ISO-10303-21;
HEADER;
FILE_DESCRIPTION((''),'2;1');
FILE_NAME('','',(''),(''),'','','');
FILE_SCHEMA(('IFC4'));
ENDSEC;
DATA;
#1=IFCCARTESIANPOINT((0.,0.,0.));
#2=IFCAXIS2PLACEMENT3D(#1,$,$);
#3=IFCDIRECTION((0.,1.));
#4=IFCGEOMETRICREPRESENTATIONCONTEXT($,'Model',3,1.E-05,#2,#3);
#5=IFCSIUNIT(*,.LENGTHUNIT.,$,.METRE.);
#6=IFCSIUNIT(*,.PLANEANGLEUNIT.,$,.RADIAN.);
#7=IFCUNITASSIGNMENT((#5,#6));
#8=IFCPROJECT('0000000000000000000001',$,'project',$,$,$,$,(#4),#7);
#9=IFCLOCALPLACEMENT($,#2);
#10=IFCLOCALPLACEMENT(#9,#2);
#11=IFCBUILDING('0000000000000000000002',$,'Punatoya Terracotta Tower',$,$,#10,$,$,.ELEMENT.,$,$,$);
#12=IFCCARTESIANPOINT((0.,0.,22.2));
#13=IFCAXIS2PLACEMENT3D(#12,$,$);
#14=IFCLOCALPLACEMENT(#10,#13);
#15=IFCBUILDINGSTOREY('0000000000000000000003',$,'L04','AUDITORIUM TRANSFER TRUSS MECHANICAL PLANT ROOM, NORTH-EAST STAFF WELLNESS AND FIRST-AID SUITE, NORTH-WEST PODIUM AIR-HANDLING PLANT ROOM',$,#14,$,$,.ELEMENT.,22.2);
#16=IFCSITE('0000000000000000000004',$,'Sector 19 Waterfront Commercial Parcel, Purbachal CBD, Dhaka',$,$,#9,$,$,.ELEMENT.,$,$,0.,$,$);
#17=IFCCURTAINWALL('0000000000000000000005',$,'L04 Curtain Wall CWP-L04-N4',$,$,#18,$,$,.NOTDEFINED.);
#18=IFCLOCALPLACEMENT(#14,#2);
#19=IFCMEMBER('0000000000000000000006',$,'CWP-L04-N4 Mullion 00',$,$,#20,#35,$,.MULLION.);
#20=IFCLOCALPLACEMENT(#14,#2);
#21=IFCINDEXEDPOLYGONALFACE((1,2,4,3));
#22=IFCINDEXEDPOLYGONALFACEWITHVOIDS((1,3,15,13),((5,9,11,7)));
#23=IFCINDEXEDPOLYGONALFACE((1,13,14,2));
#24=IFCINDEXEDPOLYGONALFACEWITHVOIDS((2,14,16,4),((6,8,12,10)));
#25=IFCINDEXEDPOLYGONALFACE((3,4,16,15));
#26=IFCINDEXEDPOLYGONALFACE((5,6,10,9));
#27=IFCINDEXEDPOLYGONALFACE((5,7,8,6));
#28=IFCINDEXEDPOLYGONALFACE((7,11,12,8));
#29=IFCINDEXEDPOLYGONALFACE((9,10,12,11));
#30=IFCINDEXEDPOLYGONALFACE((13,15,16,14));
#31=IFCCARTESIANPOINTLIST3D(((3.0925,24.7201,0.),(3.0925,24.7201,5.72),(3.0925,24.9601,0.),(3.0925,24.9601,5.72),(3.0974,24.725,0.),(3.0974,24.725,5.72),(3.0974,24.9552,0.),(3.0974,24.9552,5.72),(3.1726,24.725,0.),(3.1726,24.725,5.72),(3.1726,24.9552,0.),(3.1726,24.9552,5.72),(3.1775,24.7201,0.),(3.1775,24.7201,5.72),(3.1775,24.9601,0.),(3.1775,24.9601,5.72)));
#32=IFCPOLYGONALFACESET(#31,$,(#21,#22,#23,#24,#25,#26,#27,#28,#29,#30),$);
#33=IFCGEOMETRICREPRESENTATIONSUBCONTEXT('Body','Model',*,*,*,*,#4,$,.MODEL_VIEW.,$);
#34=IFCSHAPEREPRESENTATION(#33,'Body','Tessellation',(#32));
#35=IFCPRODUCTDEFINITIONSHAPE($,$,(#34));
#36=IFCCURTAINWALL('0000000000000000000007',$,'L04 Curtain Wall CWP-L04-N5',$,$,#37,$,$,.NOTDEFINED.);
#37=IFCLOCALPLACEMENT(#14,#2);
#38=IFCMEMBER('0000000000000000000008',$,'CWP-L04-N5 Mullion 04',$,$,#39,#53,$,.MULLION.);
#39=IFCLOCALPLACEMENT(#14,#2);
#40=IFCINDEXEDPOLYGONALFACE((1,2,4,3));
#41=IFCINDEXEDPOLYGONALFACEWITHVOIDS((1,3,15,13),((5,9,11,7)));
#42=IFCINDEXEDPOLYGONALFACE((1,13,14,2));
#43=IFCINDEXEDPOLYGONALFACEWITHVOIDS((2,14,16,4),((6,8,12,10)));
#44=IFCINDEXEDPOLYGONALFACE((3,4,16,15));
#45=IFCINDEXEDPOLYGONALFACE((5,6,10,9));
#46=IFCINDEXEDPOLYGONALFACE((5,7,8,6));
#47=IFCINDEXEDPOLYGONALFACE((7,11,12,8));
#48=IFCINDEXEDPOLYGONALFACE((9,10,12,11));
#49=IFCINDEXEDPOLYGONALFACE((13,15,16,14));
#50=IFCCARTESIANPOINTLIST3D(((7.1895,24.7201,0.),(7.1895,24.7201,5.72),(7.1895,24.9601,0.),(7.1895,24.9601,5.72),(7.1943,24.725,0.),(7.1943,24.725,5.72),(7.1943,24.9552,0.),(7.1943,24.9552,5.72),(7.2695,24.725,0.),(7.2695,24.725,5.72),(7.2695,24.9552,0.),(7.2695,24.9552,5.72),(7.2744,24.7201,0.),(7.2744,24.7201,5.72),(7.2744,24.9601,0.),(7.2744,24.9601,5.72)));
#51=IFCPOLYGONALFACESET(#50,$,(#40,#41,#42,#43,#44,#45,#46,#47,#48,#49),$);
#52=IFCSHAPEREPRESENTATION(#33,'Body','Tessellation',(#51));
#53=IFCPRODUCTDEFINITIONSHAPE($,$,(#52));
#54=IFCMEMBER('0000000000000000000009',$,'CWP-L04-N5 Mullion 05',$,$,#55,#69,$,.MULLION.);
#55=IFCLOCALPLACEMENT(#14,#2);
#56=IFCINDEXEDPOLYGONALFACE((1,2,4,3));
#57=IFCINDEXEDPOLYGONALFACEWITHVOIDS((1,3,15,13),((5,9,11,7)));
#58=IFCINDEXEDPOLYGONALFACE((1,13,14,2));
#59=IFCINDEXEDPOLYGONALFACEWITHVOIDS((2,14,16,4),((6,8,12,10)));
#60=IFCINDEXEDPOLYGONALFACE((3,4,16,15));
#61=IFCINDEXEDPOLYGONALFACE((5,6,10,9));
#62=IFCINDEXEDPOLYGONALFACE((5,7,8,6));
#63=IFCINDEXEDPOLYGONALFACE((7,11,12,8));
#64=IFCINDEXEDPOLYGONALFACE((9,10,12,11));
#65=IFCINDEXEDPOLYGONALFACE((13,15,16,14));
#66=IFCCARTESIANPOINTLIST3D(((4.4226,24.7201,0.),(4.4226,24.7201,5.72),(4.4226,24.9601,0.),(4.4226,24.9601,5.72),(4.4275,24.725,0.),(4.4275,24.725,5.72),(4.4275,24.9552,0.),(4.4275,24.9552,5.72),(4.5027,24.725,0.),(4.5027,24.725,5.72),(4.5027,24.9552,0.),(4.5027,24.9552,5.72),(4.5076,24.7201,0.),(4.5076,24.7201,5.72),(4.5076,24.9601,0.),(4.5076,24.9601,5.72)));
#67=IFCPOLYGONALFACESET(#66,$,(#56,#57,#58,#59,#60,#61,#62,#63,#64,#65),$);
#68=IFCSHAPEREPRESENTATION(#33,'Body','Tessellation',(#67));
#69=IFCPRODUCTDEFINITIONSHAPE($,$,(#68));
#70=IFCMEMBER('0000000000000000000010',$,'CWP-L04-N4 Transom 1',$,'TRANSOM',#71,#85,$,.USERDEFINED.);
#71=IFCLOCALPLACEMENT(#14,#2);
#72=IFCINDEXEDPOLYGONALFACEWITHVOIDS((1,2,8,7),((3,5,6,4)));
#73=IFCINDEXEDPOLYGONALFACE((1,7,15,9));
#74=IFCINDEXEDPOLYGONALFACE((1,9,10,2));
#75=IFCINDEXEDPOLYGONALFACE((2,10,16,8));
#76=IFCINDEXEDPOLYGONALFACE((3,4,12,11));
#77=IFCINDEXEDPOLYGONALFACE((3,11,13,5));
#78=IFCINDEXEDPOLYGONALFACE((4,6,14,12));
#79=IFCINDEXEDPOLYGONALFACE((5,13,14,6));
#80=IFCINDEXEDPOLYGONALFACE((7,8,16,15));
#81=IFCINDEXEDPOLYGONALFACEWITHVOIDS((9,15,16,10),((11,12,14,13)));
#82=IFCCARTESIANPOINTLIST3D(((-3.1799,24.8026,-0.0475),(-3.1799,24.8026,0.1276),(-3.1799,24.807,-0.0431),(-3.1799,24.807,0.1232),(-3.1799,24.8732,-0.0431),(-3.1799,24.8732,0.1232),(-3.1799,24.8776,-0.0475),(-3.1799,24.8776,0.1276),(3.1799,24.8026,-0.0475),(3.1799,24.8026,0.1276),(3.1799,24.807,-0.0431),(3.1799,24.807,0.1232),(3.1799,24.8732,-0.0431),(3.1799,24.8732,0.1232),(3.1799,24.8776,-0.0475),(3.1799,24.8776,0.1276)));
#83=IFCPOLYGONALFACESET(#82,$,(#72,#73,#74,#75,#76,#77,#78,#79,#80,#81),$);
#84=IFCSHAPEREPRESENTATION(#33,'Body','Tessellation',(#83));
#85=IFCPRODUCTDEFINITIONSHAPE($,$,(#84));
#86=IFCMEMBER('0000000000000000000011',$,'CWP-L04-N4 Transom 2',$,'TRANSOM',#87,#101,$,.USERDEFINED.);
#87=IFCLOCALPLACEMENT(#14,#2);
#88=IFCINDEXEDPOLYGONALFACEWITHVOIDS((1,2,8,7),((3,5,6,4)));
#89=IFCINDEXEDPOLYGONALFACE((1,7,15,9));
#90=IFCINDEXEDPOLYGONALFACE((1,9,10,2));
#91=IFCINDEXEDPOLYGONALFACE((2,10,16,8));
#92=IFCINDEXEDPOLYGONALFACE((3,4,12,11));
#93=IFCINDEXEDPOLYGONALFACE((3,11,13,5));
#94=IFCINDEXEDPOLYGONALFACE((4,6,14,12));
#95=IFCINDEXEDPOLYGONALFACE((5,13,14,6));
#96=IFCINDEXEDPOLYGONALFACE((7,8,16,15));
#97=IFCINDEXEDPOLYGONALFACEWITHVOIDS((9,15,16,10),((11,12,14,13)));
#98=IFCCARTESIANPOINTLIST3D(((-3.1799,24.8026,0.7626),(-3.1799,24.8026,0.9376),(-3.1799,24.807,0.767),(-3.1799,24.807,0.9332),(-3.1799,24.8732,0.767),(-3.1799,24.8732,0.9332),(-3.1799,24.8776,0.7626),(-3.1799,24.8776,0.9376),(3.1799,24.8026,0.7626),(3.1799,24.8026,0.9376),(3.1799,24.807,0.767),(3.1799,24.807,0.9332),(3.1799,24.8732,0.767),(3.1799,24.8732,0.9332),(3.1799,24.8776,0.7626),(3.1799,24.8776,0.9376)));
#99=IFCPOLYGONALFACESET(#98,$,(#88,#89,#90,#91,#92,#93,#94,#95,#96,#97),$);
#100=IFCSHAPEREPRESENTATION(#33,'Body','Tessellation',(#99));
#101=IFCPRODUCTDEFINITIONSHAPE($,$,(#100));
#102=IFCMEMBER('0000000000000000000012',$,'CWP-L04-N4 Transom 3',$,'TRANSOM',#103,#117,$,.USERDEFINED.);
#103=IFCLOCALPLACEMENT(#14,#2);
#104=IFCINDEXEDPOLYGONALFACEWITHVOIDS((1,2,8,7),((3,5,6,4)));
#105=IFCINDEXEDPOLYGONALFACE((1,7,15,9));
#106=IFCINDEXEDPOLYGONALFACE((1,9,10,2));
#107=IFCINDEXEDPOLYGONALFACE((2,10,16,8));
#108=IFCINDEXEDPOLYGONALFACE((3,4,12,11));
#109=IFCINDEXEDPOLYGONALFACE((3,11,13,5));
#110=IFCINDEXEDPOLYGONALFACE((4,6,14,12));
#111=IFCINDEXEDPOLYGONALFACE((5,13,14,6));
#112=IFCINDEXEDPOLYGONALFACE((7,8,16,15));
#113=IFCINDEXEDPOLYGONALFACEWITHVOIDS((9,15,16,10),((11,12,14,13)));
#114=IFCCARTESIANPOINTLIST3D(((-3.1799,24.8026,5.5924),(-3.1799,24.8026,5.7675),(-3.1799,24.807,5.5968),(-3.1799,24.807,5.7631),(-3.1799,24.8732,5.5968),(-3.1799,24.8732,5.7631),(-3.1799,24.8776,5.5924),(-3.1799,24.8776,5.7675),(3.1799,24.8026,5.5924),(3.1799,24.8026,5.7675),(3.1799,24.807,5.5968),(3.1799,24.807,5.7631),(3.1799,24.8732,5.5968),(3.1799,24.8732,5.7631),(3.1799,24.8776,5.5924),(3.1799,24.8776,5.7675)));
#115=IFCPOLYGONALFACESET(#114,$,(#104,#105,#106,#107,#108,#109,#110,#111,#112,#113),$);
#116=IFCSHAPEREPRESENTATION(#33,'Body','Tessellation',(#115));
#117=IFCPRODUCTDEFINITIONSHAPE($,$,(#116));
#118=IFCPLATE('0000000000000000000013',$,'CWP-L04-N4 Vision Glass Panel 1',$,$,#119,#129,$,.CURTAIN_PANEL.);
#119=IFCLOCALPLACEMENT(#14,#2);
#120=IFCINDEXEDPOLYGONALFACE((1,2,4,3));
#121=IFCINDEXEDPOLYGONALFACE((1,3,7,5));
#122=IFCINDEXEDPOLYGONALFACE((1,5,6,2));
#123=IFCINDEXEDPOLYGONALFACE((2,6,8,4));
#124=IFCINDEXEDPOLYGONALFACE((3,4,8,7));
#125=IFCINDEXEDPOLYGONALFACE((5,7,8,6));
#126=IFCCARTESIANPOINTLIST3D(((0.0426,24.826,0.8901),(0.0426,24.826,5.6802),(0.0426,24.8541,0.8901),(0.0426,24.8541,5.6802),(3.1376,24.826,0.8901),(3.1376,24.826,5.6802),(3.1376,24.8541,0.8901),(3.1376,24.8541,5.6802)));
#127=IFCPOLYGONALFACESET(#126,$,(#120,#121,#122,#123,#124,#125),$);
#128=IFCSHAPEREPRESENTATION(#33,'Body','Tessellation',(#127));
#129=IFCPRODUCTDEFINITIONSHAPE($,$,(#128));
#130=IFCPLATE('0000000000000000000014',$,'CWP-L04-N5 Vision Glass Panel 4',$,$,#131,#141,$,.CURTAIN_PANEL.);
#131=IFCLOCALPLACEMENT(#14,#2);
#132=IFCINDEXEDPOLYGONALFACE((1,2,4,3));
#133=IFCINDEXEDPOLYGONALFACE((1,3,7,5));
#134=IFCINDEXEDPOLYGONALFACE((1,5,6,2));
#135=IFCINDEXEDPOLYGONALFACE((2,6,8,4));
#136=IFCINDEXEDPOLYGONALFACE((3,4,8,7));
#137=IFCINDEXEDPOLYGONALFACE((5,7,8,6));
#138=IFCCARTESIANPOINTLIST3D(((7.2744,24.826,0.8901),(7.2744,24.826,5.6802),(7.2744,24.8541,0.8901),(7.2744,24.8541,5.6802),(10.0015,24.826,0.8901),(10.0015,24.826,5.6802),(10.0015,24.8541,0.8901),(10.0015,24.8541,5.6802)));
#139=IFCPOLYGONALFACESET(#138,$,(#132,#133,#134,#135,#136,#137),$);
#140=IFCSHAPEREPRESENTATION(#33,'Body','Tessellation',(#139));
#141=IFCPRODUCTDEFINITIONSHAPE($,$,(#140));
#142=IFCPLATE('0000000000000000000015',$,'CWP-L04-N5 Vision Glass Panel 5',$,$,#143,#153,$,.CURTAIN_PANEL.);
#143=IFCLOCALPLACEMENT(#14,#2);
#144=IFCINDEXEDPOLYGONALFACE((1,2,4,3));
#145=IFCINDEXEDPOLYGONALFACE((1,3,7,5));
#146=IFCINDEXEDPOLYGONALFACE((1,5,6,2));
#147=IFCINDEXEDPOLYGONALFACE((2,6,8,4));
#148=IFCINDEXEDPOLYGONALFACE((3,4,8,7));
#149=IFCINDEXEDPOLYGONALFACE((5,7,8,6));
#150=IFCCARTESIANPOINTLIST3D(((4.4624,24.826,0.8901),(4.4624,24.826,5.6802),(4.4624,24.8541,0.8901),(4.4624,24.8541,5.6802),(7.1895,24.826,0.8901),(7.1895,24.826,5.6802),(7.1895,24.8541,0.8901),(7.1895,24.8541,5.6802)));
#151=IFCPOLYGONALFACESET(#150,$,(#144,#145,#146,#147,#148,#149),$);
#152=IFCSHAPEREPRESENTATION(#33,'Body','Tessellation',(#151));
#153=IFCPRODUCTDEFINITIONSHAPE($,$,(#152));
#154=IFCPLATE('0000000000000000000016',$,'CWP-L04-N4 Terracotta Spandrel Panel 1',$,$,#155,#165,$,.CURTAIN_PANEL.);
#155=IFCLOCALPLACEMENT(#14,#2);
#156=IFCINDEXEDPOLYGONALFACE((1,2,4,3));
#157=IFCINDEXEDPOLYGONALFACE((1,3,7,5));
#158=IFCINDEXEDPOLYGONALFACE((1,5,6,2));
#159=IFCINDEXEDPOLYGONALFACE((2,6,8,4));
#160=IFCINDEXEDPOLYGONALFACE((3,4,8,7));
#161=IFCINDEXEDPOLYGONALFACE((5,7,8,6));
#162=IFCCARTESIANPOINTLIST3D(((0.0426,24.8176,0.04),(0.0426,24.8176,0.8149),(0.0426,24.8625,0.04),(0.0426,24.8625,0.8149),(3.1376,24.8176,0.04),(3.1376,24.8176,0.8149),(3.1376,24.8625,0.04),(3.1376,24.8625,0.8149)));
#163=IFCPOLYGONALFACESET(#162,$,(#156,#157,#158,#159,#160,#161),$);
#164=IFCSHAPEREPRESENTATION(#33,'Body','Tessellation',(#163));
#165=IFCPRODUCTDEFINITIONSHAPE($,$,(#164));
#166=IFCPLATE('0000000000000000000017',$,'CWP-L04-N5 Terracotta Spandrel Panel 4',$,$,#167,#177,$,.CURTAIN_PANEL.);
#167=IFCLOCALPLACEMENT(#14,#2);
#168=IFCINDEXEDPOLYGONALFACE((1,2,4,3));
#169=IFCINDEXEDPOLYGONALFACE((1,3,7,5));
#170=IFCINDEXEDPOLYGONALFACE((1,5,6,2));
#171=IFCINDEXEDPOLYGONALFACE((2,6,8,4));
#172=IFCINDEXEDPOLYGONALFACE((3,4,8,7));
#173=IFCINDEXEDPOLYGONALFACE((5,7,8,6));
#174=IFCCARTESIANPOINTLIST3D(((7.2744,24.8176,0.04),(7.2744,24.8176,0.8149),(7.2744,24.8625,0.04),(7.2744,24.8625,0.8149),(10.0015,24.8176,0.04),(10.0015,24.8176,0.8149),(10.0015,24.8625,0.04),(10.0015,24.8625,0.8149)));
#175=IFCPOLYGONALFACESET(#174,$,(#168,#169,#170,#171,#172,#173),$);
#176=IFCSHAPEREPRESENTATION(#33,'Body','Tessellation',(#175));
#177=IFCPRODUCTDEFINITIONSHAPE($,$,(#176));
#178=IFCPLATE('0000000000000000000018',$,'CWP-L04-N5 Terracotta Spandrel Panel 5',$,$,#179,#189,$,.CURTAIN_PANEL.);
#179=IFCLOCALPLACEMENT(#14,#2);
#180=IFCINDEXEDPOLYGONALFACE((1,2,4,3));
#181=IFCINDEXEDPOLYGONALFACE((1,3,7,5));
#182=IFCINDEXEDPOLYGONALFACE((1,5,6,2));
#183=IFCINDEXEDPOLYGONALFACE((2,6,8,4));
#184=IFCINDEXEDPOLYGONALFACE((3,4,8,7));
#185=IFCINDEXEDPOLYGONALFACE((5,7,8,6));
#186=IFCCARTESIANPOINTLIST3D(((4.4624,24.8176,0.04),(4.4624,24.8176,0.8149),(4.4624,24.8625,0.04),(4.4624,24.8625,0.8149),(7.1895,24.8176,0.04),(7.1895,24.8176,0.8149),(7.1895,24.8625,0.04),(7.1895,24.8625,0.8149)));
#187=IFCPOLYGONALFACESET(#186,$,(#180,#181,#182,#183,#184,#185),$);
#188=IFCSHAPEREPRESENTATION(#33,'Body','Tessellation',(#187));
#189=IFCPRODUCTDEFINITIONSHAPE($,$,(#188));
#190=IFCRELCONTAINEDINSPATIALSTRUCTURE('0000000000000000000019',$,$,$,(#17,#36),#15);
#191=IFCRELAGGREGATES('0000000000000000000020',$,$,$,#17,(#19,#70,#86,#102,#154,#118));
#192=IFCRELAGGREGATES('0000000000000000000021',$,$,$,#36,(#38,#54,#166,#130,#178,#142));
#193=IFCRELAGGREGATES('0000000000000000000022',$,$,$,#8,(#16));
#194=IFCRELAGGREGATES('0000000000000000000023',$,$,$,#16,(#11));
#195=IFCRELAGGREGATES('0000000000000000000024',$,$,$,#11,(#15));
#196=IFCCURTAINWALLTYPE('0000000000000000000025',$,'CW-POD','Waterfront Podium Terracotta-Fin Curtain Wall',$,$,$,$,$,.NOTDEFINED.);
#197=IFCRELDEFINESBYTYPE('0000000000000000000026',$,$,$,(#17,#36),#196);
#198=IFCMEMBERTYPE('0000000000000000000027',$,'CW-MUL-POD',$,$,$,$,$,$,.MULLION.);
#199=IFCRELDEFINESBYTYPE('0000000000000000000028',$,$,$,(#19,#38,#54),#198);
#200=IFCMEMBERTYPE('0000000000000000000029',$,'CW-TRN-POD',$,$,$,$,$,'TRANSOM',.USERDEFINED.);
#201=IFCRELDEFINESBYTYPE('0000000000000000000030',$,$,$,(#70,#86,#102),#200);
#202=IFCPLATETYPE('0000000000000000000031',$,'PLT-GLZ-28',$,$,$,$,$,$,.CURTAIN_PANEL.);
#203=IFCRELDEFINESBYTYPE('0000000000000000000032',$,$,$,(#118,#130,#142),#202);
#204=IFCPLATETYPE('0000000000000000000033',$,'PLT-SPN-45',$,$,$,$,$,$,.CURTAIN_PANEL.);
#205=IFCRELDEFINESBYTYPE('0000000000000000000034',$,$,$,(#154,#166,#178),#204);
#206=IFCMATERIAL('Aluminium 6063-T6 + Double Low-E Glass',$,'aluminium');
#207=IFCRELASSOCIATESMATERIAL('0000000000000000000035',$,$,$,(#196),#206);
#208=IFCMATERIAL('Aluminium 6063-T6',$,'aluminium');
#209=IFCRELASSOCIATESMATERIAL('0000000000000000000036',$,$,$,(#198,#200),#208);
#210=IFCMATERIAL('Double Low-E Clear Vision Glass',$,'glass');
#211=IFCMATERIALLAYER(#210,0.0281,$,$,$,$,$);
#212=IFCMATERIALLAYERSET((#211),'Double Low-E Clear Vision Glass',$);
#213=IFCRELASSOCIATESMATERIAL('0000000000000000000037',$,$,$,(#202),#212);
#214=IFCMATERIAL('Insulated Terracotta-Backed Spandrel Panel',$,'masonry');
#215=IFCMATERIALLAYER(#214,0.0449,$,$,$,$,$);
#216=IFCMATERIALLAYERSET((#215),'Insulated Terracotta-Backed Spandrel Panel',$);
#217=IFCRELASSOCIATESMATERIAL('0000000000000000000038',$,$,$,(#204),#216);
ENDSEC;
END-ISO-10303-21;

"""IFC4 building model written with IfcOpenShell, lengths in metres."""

from ifc_helpers import new_model, si_unit, direction, frame, origin, origin_2d, place, context, subcontext, project, spatial, rectangle, hollow_rectangle, extrude, material, layer, layer_set, material_profile, profile_set, type_object, element, aggregate, save


model = new_model("IFC4")

# Units and contexts
model_context = context("Model", 3, precision=1e-05, world=origin(), true_north=direction((0.0, 1.0)))
body_context = subcontext(model_context, "Body", "Model", "MODEL_VIEW")
ifc_project = project(units=[si_unit("LENGTHUNIT", "METRE"), si_unit("PLANEANGLEUNIT", "RADIAN")], contexts=[model_context])

# Site, building, storey
site_placement = place(None, origin())
site = spatial("IfcSite", under=ifc_project, at=site_placement, Name="Sector 19 Waterfront Commercial Parcel, Purbachal CBD, Dhaka", CompositionType="ELEMENT", RefElevation=0.0)
building_placement = place(site_placement, origin())
building = spatial("IfcBuilding", under=site, at=building_placement, Name="Punatoya Terracotta Tower", CompositionType="ELEMENT")
storey_placement = place(building_placement, frame((0.0, 0.0, 22.2)))
storey = spatial("IfcBuildingStorey", under=building, at=storey_placement, Name="L04", Description="AUDITORIUM TRANSFER TRUSS MECHANICAL PLANT ROOM, NORTH-EAST STAFF WELLNESS AND FIRST-AID SUITE, NORTH-WEST PODIUM AIR-HANDLING PLANT ROOM", CompositionType="ELEMENT", Elevation=22.2)

# Curtain wall, member
ifc_material_1 = material(Name="Aluminium 6063-T6 + Double Low-E Glass", Category="aluminium")
curtain_wall_type = type_object("IfcCurtainWallType", Name="CW-POD", Description="Waterfront Podium Terracotta-Fin Curtain Wall", PredefinedType="NOTDEFINED", material=ifc_material_1)
curtain_wall_1_placement = place(storey_placement, origin())
curtain_wall_1 = element("IfcCurtainWall", 1, at=curtain_wall_1_placement, inside=storey, type_object=curtain_wall_type, Name="L04 Curtain Wall CWP-L04-N4", PredefinedType="NOTDEFINED")
ifc_material_2 = material(Name="Aluminium 6063-T6", Category="aluminium")
ifc_material_profile_1 = material_profile(ifc_material_2, hollow_rectangle(XDim=0.085, YDim=0.24, WallThickness=0.0049, at=origin_2d()))
ifc_profile_set_1 = profile_set([ifc_material_profile_1], Name="Aluminium 6063-T6")
member_type_1 = type_object("IfcMemberType", Name="CW-MUL-POD", PredefinedType="MULLION", material=ifc_profile_set_1)
member_1_placement = place(storey_placement, frame((3.135, 24.8401, 0.0), z_axis=(0.0, 0.0, 1.0), x_axis=(1.0, 0.0, 0.0)))
member_1 = element("IfcMember", 2, at=member_1_placement, type_object=member_type_1, Name="CWP-L04-N4 Mullion 00", PredefinedType="MULLION", context=body_context, shape_type="SweptSolid", body=[
    extrude(hollow_rectangle(XDim=0.085, YDim=0.24, WallThickness=0.0049, at=origin_2d()), origin(), (0.0, 0.0, 1.0), 5.72),
])

# Curtain wall, members
curtain_wall_2_placement = place(storey_placement, origin())
curtain_wall_2 = element("IfcCurtainWall", 3, at=curtain_wall_2_placement, inside=storey, type_object=curtain_wall_type, Name="L04 Curtain Wall CWP-L04-N5", PredefinedType="NOTDEFINED")
member_2_placement = place(storey_placement, frame((7.2319, 24.8401, 0.0), z_axis=(0.0, 0.0, 1.0), x_axis=(1.0, 0.0, 0.0)))
member_2 = element("IfcMember", 4, at=member_2_placement, type_object=member_type_1, Name="CWP-L04-N5 Mullion 04", PredefinedType="MULLION", context=body_context, shape_type="SweptSolid", body=[
    extrude(hollow_rectangle(XDim=0.085, YDim=0.24, WallThickness=0.0049, at=origin_2d()), origin(), (0.0, 0.0, 1.0), 5.72),
])
member_3_placement = place(storey_placement, frame((4.4651, 24.8401, 0.0), z_axis=(0.0, 0.0, 1.0), x_axis=(1.0, 0.0, 0.0)))
member_3 = element("IfcMember", 5, at=member_3_placement, type_object=member_type_1, Name="CWP-L04-N5 Mullion 05", PredefinedType="MULLION", context=body_context, shape_type="SweptSolid", body=[
    extrude(hollow_rectangle(XDim=0.085, YDim=0.24, WallThickness=0.0049, at=origin_2d()), origin(), (0.0, 0.0, 1.0), 5.72),
])

# Members
ifc_material_profile_2 = material_profile(ifc_material_2, hollow_rectangle(XDim=0.075, YDim=0.175, WallThickness=0.0044, at=origin_2d()))
ifc_profile_set_2 = profile_set([ifc_material_profile_2], Name="Aluminium 6063-T6")
member_type_2 = type_object("IfcMemberType", Name="CW-TRN-POD", ElementType="TRANSOM", PredefinedType="USERDEFINED", material=ifc_profile_set_2)
member_4_placement = place(storey_placement, frame((3.1799, 24.8401, 0.04), z_axis=(-1.0, 0.0, 0.0), x_axis=(0.0, -1.0, 0.0)))
member_4 = element("IfcMember", 6, at=member_4_placement, type_object=member_type_2, Name="CWP-L04-N4 Transom 1", ObjectType="TRANSOM", PredefinedType="USERDEFINED", context=body_context, shape_type="SweptSolid", body=[
    extrude(hollow_rectangle(XDim=0.075, YDim=0.175, WallThickness=0.0044, at=origin_2d()), origin(), (0.0, 0.0, 1.0), 6.3599),
])
member_5_placement = place(storey_placement, frame((3.1799, 24.8401, 0.8501), z_axis=(-1.0, 0.0, 0.0), x_axis=(0.0, -1.0, 0.0)))
member_5 = element("IfcMember", 7, at=member_5_placement, type_object=member_type_2, Name="CWP-L04-N4 Transom 2", ObjectType="TRANSOM", PredefinedType="USERDEFINED", context=body_context, shape_type="SweptSolid", body=[
    extrude(hollow_rectangle(XDim=0.075, YDim=0.175, WallThickness=0.0044, at=origin_2d()), origin(), (0.0, 0.0, 1.0), 6.3599),
])
member_6_placement = place(storey_placement, frame((3.1799, 24.8401, 5.6799), z_axis=(-1.0, 0.0, 0.0), x_axis=(0.0, -1.0, 0.0)))
member_6 = element("IfcMember", 8, at=member_6_placement, type_object=member_type_2, Name="CWP-L04-N4 Transom 3", ObjectType="TRANSOM", PredefinedType="USERDEFINED", context=body_context, shape_type="SweptSolid", body=[
    extrude(hollow_rectangle(XDim=0.075, YDim=0.175, WallThickness=0.0044, at=origin_2d()), origin(), (0.0, 0.0, 1.0), 6.3599),
])

# Plates
ifc_material_3 = material(Name="Double Low-E Clear Vision Glass", Category="glass")
ifc_layer_1 = layer(ifc_material_3, 0.0281)
ifc_layer_set_1 = layer_set([ifc_layer_1], Name="Double Low-E Clear Vision Glass")
plate_type_1 = type_object("IfcPlateType", Name="PLT-GLZ-28", PredefinedType="CURTAIN_PANEL", material=ifc_layer_set_1)
plate_1_placement = place(storey_placement, frame((1.5901, 24.8401, 0.8901), z_axis=(0.0, 0.0, 1.0), x_axis=(-1.0, 0.0, 0.0)))
plate_1 = element("IfcPlate", 9, at=plate_1_placement, type_object=plate_type_1, Name="CWP-L04-N4 Vision Glass Panel 1", PredefinedType="CURTAIN_PANEL", context=body_context, shape_type="SweptSolid", body=[
    extrude(rectangle(XDim=3.095, YDim=0.0281, at=origin_2d()), origin(), (0.0, 0.0, 1.0), 4.79),
])
plate_2_placement = place(storey_placement, frame((8.6379, 24.8401, 0.8901), z_axis=(0.0, 0.0, 1.0), x_axis=(-1.0, 0.0, 0.0)))
plate_2 = element("IfcPlate", 10, at=plate_2_placement, type_object=plate_type_1, Name="CWP-L04-N5 Vision Glass Panel 4", PredefinedType="CURTAIN_PANEL", context=body_context, shape_type="SweptSolid", body=[
    extrude(rectangle(XDim=2.7271, YDim=0.0281, at=origin_2d()), origin(), (0.0, 0.0, 1.0), 4.79),
])
plate_3_placement = place(storey_placement, frame((5.8259, 24.8401, 0.8901), z_axis=(0.0, 0.0, 1.0), x_axis=(-1.0, 0.0, 0.0)))
plate_3 = element("IfcPlate", 11, at=plate_3_placement, type_object=plate_type_1, Name="CWP-L04-N5 Vision Glass Panel 5", PredefinedType="CURTAIN_PANEL", context=body_context, shape_type="SweptSolid", body=[
    extrude(rectangle(XDim=2.7271, YDim=0.0281, at=origin_2d()), origin(), (0.0, 0.0, 1.0), 4.79),
])
ifc_material_4 = material(Name="Insulated Terracotta-Backed Spandrel Panel", Category="masonry")
ifc_layer_2 = layer(ifc_material_4, 0.0449)
ifc_layer_set_2 = layer_set([ifc_layer_2], Name="Insulated Terracotta-Backed Spandrel Panel")
plate_type_2 = type_object("IfcPlateType", Name="PLT-SPN-45", PredefinedType="CURTAIN_PANEL", material=ifc_layer_set_2)
plate_4_placement = place(storey_placement, frame((1.5901, 24.8401, 0.04), z_axis=(0.0, 0.0, 1.0), x_axis=(-1.0, 0.0, 0.0)))
plate_4 = element("IfcPlate", 12, at=plate_4_placement, type_object=plate_type_2, Name="CWP-L04-N4 Terracotta Spandrel Panel 1", PredefinedType="CURTAIN_PANEL", context=body_context, shape_type="SweptSolid", body=[
    extrude(rectangle(XDim=3.095, YDim=0.0449, at=origin_2d()), origin(), (0.0, 0.0, 1.0), 0.7749),
])
aggregate(curtain_wall_1, [member_1, member_4, member_5, member_6, plate_4, plate_1])
plate_5_placement = place(storey_placement, frame((8.6379, 24.8401, 0.04), z_axis=(0.0, 0.0, 1.0), x_axis=(-1.0, 0.0, 0.0)))
plate_5 = element("IfcPlate", 13, at=plate_5_placement, type_object=plate_type_2, Name="CWP-L04-N5 Terracotta Spandrel Panel 4", PredefinedType="CURTAIN_PANEL", context=body_context, shape_type="SweptSolid", body=[
    extrude(rectangle(XDim=2.7271, YDim=0.0449, at=origin_2d()), origin(), (0.0, 0.0, 1.0), 0.7749),
])
plate_6_placement = place(storey_placement, frame((5.8259, 24.8401, 0.04), z_axis=(0.0, 0.0, 1.0), x_axis=(-1.0, 0.0, 0.0)))
plate_6 = element("IfcPlate", 14, at=plate_6_placement, type_object=plate_type_2, Name="CWP-L04-N5 Terracotta Spandrel Panel 5", PredefinedType="CURTAIN_PANEL", context=body_context, shape_type="SweptSolid", body=[
    extrude(rectangle(XDim=2.7271, YDim=0.0449, at=origin_2d()), origin(), (0.0, 0.0, 1.0), 0.7749),
])
aggregate(curtain_wall_2, [member_2, member_3, plate_5, plate_2, plate_6, plate_3])

save(model, "model.ifc")
